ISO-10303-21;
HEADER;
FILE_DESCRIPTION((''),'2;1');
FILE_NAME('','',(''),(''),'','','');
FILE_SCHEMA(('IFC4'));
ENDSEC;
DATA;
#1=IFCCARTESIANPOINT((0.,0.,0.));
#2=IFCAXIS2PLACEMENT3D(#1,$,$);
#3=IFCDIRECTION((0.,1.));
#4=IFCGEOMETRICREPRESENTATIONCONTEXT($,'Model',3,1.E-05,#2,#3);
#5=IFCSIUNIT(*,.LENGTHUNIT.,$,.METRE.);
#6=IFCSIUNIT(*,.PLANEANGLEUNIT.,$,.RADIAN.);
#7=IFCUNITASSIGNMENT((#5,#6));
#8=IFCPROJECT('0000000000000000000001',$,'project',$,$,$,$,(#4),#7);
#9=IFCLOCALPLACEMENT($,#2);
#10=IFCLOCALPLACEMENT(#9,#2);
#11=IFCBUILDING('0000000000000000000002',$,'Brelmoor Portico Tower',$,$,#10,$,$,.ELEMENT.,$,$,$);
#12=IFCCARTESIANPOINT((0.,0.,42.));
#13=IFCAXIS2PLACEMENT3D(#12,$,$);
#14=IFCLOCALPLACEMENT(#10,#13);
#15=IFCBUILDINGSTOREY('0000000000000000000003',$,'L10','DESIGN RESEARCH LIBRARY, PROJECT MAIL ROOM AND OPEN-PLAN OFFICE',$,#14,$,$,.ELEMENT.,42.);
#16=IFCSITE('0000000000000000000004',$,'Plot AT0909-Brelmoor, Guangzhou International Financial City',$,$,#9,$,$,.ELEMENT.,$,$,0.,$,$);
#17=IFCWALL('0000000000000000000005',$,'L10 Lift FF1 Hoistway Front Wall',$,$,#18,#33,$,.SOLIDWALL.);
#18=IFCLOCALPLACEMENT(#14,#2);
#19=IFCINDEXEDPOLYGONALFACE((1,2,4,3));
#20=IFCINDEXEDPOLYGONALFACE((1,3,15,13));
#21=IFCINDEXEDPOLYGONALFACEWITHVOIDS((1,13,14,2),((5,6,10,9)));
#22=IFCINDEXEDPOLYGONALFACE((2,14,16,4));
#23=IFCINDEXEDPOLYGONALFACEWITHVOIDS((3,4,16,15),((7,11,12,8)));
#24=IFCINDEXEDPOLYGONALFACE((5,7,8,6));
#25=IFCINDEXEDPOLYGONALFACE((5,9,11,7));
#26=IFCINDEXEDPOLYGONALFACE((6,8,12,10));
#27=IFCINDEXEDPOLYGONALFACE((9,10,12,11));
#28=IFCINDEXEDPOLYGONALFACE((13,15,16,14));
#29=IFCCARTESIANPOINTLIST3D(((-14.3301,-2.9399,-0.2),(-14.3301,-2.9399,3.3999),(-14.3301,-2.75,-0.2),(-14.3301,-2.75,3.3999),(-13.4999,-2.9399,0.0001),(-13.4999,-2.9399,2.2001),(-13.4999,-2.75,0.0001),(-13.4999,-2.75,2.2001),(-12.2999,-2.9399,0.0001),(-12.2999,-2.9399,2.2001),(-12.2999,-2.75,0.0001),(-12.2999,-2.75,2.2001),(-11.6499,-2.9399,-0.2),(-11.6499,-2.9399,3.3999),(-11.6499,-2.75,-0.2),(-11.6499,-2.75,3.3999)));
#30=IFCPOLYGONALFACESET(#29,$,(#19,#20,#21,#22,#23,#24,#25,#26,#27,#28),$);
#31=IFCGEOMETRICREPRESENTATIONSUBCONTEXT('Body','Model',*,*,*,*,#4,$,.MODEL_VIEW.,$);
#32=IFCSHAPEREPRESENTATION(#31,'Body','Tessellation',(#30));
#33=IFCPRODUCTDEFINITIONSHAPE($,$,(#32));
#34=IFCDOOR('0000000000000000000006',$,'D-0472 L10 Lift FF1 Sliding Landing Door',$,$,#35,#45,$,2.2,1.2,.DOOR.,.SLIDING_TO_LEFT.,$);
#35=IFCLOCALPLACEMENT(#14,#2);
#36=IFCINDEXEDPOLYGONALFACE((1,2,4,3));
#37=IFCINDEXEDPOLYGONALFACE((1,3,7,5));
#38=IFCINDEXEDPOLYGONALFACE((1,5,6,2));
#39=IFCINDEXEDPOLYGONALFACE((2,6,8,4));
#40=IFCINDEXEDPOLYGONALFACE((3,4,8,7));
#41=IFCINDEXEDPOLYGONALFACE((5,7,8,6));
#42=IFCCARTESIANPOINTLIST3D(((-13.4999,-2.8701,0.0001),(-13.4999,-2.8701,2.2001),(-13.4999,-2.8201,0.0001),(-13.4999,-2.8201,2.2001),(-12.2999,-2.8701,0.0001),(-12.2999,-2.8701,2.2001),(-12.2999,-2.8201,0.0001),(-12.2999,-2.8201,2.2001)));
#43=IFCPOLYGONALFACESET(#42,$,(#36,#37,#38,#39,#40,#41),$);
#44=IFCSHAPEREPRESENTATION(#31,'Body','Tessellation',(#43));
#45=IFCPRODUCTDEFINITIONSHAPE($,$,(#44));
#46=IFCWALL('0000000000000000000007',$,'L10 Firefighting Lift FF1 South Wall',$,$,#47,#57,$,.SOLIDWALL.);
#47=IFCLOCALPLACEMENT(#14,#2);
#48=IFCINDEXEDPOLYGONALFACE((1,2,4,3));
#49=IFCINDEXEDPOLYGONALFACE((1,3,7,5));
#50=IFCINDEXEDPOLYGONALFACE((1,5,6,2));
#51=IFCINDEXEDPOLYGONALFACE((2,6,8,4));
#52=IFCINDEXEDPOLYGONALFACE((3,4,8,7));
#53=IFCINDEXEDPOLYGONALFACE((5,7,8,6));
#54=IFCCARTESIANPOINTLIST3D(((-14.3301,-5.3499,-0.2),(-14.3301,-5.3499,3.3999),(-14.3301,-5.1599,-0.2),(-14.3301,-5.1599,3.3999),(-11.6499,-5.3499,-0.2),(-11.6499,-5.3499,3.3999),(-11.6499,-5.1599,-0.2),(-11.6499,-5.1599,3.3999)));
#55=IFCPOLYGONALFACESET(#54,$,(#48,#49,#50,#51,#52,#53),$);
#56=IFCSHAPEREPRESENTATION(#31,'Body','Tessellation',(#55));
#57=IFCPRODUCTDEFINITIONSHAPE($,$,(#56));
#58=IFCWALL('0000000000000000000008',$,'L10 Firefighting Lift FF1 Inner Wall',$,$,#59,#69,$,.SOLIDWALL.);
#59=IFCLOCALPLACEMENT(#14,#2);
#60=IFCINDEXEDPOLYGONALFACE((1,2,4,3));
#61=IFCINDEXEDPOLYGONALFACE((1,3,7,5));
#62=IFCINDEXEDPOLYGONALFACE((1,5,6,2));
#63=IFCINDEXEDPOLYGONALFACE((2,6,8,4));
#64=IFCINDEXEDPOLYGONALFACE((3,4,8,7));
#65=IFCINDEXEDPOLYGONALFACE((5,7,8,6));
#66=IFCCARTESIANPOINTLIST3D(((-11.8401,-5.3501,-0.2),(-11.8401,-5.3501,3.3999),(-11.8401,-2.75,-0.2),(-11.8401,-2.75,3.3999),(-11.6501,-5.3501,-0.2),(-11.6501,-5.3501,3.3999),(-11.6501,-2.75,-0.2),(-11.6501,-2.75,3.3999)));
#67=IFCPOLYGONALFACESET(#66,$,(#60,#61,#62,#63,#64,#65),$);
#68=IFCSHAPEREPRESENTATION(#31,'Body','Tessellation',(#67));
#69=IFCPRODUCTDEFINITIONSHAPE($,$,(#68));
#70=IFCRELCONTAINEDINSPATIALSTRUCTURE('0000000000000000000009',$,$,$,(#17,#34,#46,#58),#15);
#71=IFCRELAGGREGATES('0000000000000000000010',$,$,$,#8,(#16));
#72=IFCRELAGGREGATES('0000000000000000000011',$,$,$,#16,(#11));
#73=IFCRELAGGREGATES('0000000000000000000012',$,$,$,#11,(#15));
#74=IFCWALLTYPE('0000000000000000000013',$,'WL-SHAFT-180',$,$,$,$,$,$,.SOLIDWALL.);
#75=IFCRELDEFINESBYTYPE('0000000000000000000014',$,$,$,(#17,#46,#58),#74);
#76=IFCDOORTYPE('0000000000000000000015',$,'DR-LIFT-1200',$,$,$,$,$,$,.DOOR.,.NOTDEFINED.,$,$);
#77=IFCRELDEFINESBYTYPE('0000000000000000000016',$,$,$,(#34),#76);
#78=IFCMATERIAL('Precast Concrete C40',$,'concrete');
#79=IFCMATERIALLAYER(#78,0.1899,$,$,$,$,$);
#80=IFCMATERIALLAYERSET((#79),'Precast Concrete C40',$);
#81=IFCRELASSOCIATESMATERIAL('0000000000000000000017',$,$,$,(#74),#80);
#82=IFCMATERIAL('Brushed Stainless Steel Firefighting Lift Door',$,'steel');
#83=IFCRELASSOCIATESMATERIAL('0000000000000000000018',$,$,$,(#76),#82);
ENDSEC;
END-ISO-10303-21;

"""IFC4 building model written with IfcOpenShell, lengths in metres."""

from ifc_helpers import new_model, si_unit, direction, frame, frame_2d, origin, place, context, subcontext, project, spatial, rectangle, extrude, material, layer, layer_set, type_object, element, fill, save


model = new_model("IFC4")

# Units and contexts
model_context = context("Model", 3, precision=1e-05, world=origin(), true_north=direction((0.0, 1.0)))
body_context = subcontext(model_context, "Body", "Model", "MODEL_VIEW")
ifc_project = project(units=[si_unit("LENGTHUNIT", "METRE"), si_unit("PLANEANGLEUNIT", "RADIAN")], contexts=[model_context])

# Site, building, storey
site_placement = place(None, origin())
site = spatial("IfcSite", under=ifc_project, at=site_placement, Name="Plot AT0909-Brelmoor, Guangzhou International Financial City", CompositionType="ELEMENT", RefElevation=0.0)
building_placement = place(site_placement, origin())
building = spatial("IfcBuilding", under=site, at=building_placement, Name="Brelmoor Portico Tower", CompositionType="ELEMENT")
storey_placement = place(building_placement, frame((0.0, 0.0, 42.0)))
storey = spatial("IfcBuildingStorey", under=building, at=storey_placement, Name="L10", Description="DESIGN RESEARCH LIBRARY, PROJECT MAIL ROOM AND OPEN-PLAN OFFICE", CompositionType="ELEMENT", Elevation=42.0)

# Wall, opening, door
ifc_material_1 = material(Name="Precast Concrete C40", Category="concrete")
ifc_layer_1 = layer(ifc_material_1, 0.1899)
ifc_layer_set_1 = layer_set([ifc_layer_1], Name="Precast Concrete C40")
wall_type_1 = type_object("IfcWallType", Name="WL-SHAFT-180", PredefinedType="SOLIDWALL", material=ifc_layer_set_1)
wall_1_placement = place(storey_placement, frame((-14.3301, -2.845, -0.2), z_axis=(0.0, 0.0, 1.0), x_axis=(1.0, 0.0, 0.0)))
wall_1 = element("IfcWall", 1, at=wall_1_placement, inside=storey, type_object=wall_type_1, Name="L10 Lift FF1 Hoistway Front Wall", PredefinedType="SOLIDWALL", context=body_context, shape_type="SweptSolid", body=[
    extrude(rectangle(XDim=2.6802, YDim=0.1899, at=frame_2d((1.3401, 0.0))), origin(), (0.0, 0.0, 1.0), 3.5999),
])
opening_1_placement = place(wall_1_placement, frame((0.8301, 0.0, 0.2)))
opening_1 = element("IfcOpeningElement", 2, at=opening_1_placement, cuts=wall_1, PredefinedType="OPENING", context=body_context, shape_type="SweptSolid", body=[
    extrude(rectangle(XDim=1.2, YDim=2.2, at=frame_2d((0.6001, 1.1001))), frame((0.0, 0.105, 0.0), z_axis=(0.0, -1.0, 0.0), x_axis=(1.0, 0.0, 0.0)), (0.0, 0.0, 1.0), 0.21),
])
ifc_material_2 = material(Name="Brushed Stainless Steel Firefighting Lift Door", Category="steel")
door_type_1 = type_object("IfcDoorType", Name="DR-LIFT-1200", OperationType="NOTDEFINED", PredefinedType="DOOR", material=ifc_material_2)
door_1_placement = place(opening_1_placement, origin())
door_1 = element("IfcDoor", 3, at=door_1_placement, inside=storey, type_object=door_type_1, Name="D-0472 L10 Lift FF1 Sliding Landing Door", OperationType="SLIDING_TO_LEFT", OverallHeight=2.2, OverallWidth=1.2, PredefinedType="DOOR", context=body_context, shape_type="SweptSolid", body=[
    extrude(rectangle(XDim=1.2, YDim=2.2, at=frame_2d((0.6001, 1.1001))), frame((0.0, 0.0249, 0.0), z_axis=(0.0, -1.0, 0.0), x_axis=(1.0, 0.0, 0.0)), (0.0, 0.0, 1.0), 0.05),
])
fill(opening_1, door_1)

# Walls
wall_2_placement = place(storey_placement, frame((-14.3301, -5.2549, -0.2), z_axis=(0.0, 0.0, 1.0), x_axis=(1.0, 0.0, 0.0)))
element("IfcWall", 4, at=wall_2_placement, inside=storey, type_object=wall_type_1, Name="L10 Firefighting Lift FF1 South Wall", PredefinedType="SOLIDWALL", context=body_context, shape_type="SweptSolid", body=[
    extrude(rectangle(XDim=2.6802, YDim=0.1899, at=frame_2d((1.3401, 0.0))), origin(), (0.0, 0.0, 1.0), 3.5999),
])
wall_3_placement = place(storey_placement, frame((-11.7451, -5.3501, -0.2), z_axis=(0.0, 0.0, 1.0), x_axis=(0.0, 1.0, 0.0)))
element("IfcWall", 5, at=wall_3_placement, inside=storey, type_object=wall_type_1, Name="L10 Firefighting Lift FF1 Inner Wall", PredefinedType="SOLIDWALL", context=body_context, shape_type="SweptSolid", body=[
    extrude(rectangle(XDim=2.6001, YDim=0.1899, at=frame_2d((1.3, 0.0))), origin(), (0.0, 0.0, 1.0), 3.5999),
])

save(model, "model.ifc")
